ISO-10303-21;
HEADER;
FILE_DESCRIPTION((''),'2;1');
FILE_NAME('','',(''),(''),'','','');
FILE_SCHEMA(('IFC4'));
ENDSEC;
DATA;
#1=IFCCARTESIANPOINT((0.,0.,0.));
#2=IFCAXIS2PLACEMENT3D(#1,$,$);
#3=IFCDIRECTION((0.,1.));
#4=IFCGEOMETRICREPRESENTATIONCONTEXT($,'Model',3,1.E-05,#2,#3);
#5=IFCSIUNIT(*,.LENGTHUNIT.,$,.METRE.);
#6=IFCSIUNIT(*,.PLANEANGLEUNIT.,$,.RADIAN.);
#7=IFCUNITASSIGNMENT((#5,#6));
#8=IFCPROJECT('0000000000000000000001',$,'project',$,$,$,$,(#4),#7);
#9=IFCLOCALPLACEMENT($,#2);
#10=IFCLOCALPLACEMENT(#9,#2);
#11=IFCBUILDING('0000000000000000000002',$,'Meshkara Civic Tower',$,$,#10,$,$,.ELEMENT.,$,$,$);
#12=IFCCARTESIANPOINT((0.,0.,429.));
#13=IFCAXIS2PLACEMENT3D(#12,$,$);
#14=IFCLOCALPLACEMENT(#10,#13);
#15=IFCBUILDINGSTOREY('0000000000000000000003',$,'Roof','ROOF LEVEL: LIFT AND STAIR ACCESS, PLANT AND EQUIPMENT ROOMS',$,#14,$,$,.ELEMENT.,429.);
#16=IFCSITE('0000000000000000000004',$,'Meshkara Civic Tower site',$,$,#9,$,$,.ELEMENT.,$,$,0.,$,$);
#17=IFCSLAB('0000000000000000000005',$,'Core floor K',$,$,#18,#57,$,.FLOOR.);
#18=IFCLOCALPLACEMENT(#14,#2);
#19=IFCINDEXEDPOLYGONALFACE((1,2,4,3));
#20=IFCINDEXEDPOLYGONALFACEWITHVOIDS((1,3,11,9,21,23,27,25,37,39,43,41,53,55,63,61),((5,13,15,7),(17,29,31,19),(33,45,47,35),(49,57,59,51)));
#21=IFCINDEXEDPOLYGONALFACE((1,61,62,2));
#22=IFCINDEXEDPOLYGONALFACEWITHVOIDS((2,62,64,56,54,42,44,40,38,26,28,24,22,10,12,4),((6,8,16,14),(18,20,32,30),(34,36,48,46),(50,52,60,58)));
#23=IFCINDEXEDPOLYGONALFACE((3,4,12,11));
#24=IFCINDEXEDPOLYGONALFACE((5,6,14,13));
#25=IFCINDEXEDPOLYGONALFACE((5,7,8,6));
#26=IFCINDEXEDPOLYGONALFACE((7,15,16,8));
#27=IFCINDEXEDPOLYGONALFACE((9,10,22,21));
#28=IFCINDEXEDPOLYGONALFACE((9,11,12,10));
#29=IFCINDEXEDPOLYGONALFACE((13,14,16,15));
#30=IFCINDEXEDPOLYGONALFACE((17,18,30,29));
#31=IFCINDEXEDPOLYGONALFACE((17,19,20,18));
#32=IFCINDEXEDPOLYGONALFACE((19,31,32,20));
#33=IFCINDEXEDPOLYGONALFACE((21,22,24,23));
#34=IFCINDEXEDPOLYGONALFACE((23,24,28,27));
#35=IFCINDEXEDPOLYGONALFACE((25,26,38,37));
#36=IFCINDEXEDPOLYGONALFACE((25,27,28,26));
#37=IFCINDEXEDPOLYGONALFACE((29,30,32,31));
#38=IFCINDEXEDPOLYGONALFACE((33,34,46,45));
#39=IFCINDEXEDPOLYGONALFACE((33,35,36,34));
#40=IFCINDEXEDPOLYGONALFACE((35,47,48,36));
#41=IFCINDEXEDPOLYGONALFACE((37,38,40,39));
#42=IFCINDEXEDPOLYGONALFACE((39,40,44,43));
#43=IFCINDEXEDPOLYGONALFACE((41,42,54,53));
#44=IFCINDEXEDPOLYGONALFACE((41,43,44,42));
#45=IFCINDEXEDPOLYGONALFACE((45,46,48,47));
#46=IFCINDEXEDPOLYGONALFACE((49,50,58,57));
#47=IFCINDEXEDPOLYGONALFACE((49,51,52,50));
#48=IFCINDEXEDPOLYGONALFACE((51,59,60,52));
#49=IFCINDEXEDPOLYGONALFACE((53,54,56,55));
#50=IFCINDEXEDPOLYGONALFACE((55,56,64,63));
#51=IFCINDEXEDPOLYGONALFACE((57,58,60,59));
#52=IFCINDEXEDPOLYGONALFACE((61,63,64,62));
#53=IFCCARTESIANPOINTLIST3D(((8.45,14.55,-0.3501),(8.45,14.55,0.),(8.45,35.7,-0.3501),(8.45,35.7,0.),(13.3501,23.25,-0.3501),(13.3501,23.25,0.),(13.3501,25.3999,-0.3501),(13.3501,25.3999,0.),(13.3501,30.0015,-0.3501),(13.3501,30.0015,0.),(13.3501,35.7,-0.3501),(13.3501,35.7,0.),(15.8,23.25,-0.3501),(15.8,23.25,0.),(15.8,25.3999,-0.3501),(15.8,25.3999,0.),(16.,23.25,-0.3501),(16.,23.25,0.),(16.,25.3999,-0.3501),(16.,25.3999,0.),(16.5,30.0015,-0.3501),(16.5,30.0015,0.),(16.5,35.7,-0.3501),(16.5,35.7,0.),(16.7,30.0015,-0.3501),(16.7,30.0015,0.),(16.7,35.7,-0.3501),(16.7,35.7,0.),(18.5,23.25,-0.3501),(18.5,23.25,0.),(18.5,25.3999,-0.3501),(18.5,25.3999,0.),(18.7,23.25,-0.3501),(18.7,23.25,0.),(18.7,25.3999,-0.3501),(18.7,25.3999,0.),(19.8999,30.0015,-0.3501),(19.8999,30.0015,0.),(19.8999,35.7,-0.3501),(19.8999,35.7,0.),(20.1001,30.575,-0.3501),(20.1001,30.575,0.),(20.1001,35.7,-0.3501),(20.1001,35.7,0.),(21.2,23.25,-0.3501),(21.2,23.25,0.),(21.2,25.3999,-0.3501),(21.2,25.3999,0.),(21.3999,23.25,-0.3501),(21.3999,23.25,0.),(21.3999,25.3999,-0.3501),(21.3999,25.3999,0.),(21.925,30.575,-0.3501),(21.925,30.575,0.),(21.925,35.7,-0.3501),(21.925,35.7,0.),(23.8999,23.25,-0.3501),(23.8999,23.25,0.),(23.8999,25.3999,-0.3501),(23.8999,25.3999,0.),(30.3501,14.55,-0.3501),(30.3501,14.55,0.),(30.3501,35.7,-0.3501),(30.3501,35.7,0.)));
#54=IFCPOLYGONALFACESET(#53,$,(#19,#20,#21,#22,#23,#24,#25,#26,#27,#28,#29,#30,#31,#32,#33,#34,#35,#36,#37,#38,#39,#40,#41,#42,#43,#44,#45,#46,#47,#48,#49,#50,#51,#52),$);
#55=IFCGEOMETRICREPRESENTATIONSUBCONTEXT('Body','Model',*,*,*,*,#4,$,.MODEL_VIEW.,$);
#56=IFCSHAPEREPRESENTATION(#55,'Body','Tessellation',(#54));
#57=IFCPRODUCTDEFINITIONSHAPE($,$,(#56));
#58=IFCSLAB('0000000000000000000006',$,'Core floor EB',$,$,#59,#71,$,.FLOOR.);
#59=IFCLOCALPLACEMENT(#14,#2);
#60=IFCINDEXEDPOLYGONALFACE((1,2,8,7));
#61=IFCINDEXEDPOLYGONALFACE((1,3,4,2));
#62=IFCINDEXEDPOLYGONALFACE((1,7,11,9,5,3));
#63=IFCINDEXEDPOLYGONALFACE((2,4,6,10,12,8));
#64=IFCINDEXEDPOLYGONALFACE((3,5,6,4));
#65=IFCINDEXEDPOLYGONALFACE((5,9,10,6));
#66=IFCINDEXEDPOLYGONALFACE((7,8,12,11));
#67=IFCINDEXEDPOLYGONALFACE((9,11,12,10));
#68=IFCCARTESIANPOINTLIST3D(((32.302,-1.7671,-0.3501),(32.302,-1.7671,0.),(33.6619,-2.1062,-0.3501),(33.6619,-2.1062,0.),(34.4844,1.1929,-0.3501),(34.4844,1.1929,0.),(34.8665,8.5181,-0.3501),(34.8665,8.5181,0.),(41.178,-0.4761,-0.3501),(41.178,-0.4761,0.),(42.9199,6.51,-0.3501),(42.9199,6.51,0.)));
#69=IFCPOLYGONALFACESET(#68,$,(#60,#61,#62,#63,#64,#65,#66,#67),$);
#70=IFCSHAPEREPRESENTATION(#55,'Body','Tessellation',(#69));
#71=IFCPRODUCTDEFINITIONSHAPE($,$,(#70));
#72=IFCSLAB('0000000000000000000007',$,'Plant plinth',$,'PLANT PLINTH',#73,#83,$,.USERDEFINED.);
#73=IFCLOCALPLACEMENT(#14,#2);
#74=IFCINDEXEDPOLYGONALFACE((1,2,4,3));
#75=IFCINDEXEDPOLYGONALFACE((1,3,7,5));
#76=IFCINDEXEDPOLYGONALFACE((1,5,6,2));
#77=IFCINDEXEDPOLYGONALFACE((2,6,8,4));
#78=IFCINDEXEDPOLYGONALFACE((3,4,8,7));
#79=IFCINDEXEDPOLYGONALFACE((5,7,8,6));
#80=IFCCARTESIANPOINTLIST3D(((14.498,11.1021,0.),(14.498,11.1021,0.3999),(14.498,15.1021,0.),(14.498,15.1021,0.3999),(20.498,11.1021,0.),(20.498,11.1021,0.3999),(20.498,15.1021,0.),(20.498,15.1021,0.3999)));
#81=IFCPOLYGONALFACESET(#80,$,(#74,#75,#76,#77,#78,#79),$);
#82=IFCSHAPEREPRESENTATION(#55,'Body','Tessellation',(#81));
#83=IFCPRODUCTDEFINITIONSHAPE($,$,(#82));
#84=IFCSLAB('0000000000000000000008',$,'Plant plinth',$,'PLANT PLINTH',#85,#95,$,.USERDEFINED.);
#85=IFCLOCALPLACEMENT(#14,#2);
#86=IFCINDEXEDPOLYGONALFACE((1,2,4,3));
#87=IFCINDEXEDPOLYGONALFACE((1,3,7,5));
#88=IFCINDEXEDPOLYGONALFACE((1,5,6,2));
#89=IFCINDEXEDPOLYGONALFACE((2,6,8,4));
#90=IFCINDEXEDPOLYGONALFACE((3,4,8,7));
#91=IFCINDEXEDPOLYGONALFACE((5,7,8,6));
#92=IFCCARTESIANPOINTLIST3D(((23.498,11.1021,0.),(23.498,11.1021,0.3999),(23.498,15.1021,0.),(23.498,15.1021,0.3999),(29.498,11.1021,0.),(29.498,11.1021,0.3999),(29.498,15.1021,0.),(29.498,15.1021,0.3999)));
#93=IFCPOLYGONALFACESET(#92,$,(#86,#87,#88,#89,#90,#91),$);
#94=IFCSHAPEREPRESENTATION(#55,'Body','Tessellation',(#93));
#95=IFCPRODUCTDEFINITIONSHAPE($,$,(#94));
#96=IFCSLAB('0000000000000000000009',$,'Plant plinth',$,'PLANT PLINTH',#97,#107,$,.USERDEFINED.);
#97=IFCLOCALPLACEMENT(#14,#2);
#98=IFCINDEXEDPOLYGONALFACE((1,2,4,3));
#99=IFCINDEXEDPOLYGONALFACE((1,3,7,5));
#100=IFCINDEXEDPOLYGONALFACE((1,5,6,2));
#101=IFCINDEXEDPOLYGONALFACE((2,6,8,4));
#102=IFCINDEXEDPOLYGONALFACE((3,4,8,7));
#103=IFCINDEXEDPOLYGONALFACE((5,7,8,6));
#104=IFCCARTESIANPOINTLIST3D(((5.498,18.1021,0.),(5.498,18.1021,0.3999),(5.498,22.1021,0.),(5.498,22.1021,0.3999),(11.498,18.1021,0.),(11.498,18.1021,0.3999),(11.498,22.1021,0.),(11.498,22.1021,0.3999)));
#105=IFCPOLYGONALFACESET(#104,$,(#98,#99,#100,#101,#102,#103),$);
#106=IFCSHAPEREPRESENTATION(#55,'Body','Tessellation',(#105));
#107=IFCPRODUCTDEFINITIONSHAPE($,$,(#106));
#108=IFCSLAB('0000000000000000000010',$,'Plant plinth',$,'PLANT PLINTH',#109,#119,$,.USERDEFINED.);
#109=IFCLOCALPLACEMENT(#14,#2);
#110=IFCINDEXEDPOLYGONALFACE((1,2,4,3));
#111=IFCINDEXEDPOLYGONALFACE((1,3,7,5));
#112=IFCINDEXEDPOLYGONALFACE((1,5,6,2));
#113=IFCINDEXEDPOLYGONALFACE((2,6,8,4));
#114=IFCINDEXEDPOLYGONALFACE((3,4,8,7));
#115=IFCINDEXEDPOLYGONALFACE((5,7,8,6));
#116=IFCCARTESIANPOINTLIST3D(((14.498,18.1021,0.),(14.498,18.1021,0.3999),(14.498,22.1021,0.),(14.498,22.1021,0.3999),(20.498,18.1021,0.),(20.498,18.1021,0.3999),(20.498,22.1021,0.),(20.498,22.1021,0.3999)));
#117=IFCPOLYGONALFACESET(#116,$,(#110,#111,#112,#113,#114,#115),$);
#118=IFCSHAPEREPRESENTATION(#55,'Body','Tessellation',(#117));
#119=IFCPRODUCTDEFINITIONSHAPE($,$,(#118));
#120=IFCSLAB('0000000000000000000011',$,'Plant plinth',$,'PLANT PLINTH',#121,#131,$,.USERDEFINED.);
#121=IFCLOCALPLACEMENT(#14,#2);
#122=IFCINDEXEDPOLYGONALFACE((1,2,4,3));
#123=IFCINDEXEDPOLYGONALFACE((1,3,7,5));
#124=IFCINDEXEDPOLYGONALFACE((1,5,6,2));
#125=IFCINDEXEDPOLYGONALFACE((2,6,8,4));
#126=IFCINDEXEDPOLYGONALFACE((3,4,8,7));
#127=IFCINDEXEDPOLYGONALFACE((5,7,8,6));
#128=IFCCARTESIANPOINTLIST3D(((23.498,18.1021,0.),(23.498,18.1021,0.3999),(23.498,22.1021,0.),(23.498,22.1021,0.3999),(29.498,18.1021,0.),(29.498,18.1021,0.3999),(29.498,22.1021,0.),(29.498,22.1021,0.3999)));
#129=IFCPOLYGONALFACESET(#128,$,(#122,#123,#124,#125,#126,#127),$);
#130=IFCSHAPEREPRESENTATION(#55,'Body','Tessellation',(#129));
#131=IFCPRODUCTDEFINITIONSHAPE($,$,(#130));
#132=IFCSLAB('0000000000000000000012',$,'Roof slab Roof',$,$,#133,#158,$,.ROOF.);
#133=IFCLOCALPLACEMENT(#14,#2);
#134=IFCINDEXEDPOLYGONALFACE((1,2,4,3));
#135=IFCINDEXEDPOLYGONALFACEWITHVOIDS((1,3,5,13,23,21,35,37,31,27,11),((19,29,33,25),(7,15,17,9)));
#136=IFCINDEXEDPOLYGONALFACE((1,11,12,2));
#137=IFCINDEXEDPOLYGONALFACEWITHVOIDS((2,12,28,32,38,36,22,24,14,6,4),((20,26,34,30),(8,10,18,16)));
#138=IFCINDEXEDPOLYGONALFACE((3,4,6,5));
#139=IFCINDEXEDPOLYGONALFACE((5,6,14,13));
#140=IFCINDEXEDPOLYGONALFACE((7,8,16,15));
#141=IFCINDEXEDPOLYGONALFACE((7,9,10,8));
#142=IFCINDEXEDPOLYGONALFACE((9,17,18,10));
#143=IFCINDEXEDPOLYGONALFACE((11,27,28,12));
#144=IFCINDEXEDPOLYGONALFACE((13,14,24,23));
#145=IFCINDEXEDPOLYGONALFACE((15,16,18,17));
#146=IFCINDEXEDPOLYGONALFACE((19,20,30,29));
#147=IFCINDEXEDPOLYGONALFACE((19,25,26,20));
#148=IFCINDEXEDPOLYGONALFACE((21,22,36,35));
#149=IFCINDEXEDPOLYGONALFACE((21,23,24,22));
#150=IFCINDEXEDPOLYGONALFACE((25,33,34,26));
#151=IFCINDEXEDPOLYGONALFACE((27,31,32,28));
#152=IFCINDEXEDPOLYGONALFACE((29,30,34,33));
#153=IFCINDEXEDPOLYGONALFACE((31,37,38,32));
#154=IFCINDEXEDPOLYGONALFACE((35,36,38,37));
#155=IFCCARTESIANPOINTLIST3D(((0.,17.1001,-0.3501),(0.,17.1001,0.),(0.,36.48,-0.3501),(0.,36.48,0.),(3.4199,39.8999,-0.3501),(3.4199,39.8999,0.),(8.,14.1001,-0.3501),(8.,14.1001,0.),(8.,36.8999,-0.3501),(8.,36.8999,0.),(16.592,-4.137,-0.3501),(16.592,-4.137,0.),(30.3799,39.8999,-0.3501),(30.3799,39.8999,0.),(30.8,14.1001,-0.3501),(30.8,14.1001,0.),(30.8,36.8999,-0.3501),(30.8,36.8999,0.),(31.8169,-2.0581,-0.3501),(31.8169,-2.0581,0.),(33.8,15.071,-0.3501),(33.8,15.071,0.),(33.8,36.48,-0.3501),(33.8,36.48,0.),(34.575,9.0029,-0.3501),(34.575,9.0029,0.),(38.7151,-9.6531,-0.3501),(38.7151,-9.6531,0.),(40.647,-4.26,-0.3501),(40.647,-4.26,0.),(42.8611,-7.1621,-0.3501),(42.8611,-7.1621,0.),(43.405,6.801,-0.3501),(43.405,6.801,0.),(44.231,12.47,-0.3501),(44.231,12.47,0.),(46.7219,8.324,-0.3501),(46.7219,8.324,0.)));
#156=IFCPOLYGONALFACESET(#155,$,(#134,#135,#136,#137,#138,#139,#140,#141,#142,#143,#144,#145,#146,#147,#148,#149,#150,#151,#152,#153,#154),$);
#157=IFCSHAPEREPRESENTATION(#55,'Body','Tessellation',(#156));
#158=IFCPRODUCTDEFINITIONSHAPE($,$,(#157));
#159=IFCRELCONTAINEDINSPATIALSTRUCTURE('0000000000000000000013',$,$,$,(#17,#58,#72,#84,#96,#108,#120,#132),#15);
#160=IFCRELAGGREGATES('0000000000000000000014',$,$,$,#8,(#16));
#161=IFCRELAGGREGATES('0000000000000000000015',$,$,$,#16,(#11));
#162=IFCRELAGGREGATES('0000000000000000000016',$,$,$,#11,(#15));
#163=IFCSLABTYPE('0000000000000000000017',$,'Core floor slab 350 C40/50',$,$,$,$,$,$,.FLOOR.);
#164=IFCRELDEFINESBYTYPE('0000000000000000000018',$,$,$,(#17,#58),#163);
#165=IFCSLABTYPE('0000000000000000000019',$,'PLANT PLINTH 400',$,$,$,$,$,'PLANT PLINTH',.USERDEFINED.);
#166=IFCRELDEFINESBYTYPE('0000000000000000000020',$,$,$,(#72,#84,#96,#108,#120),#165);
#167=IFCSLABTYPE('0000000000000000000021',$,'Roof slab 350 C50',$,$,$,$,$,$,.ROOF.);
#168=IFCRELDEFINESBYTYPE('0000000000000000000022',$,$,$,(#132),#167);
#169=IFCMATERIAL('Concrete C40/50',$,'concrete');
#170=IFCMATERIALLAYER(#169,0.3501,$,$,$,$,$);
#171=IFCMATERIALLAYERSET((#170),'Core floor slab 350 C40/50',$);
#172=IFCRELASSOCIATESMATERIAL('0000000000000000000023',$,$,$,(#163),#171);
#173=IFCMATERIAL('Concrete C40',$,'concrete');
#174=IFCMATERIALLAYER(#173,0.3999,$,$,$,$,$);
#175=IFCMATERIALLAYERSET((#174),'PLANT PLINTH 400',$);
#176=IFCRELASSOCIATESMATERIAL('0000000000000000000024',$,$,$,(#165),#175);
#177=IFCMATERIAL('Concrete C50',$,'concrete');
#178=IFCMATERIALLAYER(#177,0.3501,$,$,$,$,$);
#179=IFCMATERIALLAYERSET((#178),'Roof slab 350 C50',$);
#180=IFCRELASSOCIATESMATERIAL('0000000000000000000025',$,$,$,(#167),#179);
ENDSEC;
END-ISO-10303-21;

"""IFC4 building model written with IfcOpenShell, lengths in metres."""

from ifc_helpers import new_model, si_unit, direction, frame, origin, place, context, subcontext, project, spatial, polyline, outline, extrude, material, layer, layer_set, type_object, element, save


model = new_model("IFC4")

# Units and contexts
model_context = context("Model", 3, precision=1e-05, world=origin(), true_north=direction((0.0, 1.0)))
body_context = subcontext(model_context, "Body", "Model", "MODEL_VIEW")
ifc_project = project(units=[si_unit("LENGTHUNIT", "METRE"), si_unit("PLANEANGLEUNIT", "RADIAN")], contexts=[model_context])

# Site, building, storey
site_placement = place(None, origin())
site = spatial("IfcSite", under=ifc_project, at=site_placement, Name="Meshkara Civic Tower site", CompositionType="ELEMENT", RefElevation=0.0)
building_placement = place(site_placement, origin())
building = spatial("IfcBuilding", under=site, at=building_placement, Name="Meshkara Civic Tower", CompositionType="ELEMENT")
storey_placement = place(building_placement, frame((0.0, 0.0, 429.0)))
storey = spatial("IfcBuildingStorey", under=building, at=storey_placement, Name="Roof", Description="ROOF LEVEL: LIFT AND STAIR ACCESS, PLANT AND EQUIPMENT ROOMS", CompositionType="ELEMENT", Elevation=429.0)

# Slabs
ifc_material_1 = material(Name="Concrete C40/50", Category="concrete")
ifc_layer_1 = layer(ifc_material_1, 0.3501)
ifc_layer_set_1 = layer_set([ifc_layer_1], Name="Core floor slab 350 C40/50")
slab_type_1 = type_object("IfcSlabType", Name="Core floor slab 350 C40/50", PredefinedType="FLOOR", material=ifc_layer_set_1)
slab_1_placement = place(storey_placement, frame((0.0, 0.0, -0.3501)))
element("IfcSlab", 1, at=slab_1_placement, inside=storey, type_object=slab_type_1, Name="Core floor K", PredefinedType="FLOOR", context=body_context, shape_type="SweptSolid", body=[
    extrude(outline(polyline([(8.45, 35.7), (13.3501, 35.7), (13.3501, 30.0015), (16.5, 30.0015), (16.5, 35.7), (16.7, 35.7), (16.7, 30.0015), (19.8999, 30.0015), (19.8999, 35.7), (20.1001, 35.7), (20.1001, 30.575), (21.925, 30.575), (21.925, 35.7), (30.3501, 35.7), (30.3501, 14.55), (8.45, 14.55), (8.45, 35.7)]), holes=[polyline([(15.8, 23.25), (15.8, 25.3999), (13.3501, 25.3999), (13.3501, 23.25), (15.8, 23.25)]), polyline([(18.5, 25.3999), (16.0, 25.3999), (16.0, 23.25), (18.5, 23.25), (18.5, 25.3999)]), polyline([(18.7, 23.25), (21.2, 23.25), (21.2, 25.3999), (18.7, 25.3999), (18.7, 23.25)]), polyline([(21.3999, 23.25), (23.8999, 23.25), (23.8999, 25.3999), (21.3999, 25.3999), (21.3999, 23.25)])]), origin(), (0.0, 0.0, 1.0), 0.3501),
])
slab_2_placement = place(storey_placement, frame((0.0, 0.0, -0.3501)))
element("IfcSlab", 2, at=slab_2_placement, inside=storey, type_object=slab_type_1, Name="Core floor EB", PredefinedType="FLOOR", context=body_context, shape_type="SweptSolid", body=[
    extrude(outline(polyline([(34.8665, 8.5181), (42.9199, 6.51), (41.178, -0.4761), (34.4844, 1.1929), (33.6619, -2.1062), (32.302, -1.7671), (34.8665, 8.5181)])), origin(), (0.0, 0.0, 1.0), 0.3501),
])
ifc_material_2 = material(Name="Concrete C40", Category="concrete")
ifc_layer_2 = layer(ifc_material_2, 0.3999)
ifc_layer_set_2 = layer_set([ifc_layer_2], Name="PLANT PLINTH 400")
slab_type_2 = type_object("IfcSlabType", Name="PLANT PLINTH 400", ElementType="PLANT PLINTH", PredefinedType="USERDEFINED", material=ifc_layer_set_2)
slab_3_placement = place(storey_placement, origin())
element("IfcSlab", 3, at=slab_3_placement, inside=storey, type_object=slab_type_2, Name="Plant plinth", ObjectType="PLANT PLINTH", PredefinedType="USERDEFINED", context=body_context, shape_type="SweptSolid", body=[
    extrude(outline(polyline([(14.498, 11.1021), (20.498, 11.1021), (20.498, 15.1021), (14.498, 15.1021), (14.498, 11.1021)])), origin(), (0.0, 0.0, 1.0), 0.3999),
])
slab_4_placement = place(storey_placement, origin())
element("IfcSlab", 4, at=slab_4_placement, inside=storey, type_object=slab_type_2, Name="Plant plinth", ObjectType="PLANT PLINTH", PredefinedType="USERDEFINED", context=body_context, shape_type="SweptSolid", body=[
    extrude(outline(polyline([(23.498, 11.1021), (29.498, 11.1021), (29.498, 15.1021), (23.498, 15.1021), (23.498, 11.1021)])), origin(), (0.0, 0.0, 1.0), 0.3999),
])
slab_5_placement = place(storey_placement, origin())
element("IfcSlab", 5, at=slab_5_placement, inside=storey, type_object=slab_type_2, Name="Plant plinth", ObjectType="PLANT PLINTH", PredefinedType="USERDEFINED", context=body_context, shape_type="SweptSolid", body=[
    extrude(outline(polyline([(5.498, 18.1021), (11.498, 18.1021), (11.498, 22.1021), (5.498, 22.1021), (5.498, 18.1021)])), origin(), (0.0, 0.0, 1.0), 0.3999),
])
slab_6_placement = place(storey_placement, origin())
element("IfcSlab", 6, at=slab_6_placement, inside=storey, type_object=slab_type_2, Name="Plant plinth", ObjectType="PLANT PLINTH", PredefinedType="USERDEFINED", context=body_context, shape_type="SweptSolid", body=[
    extrude(outline(polyline([(14.498, 18.1021), (20.498, 18.1021), (20.498, 22.1021), (14.498, 22.1021), (14.498, 18.1021)])), origin(), (0.0, 0.0, 1.0), 0.3999),
])
slab_7_placement = place(storey_placement, origin())
element("IfcSlab", 7, at=slab_7_placement, inside=storey, type_object=slab_type_2, Name="Plant plinth", ObjectType="PLANT PLINTH", PredefinedType="USERDEFINED", context=body_context, shape_type="SweptSolid", body=[
    extrude(outline(polyline([(23.498, 18.1021), (29.498, 18.1021), (29.498, 22.1021), (23.498, 22.1021), (23.498, 18.1021)])), origin(), (0.0, 0.0, 1.0), 0.3999),
])
ifc_material_3 = material(Name="Concrete C50", Category="concrete")
ifc_layer_3 = layer(ifc_material_3, 0.3501)
ifc_layer_set_3 = layer_set([ifc_layer_3], Name="Roof slab 350 C50")
slab_type_3 = type_object("IfcSlabType", Name="Roof slab 350 C50", PredefinedType="ROOF", material=ifc_layer_set_3)
slab_8_placement = place(storey_placement, frame((0.0, 0.0, -0.3501)))
element("IfcSlab", 8, at=slab_8_placement, inside=storey, type_object=slab_type_3, Name="Roof slab Roof", PredefinedType="ROOF", context=body_context, shape_type="SweptSolid", body=[
    extrude(outline(polyline([(42.8611, -7.1621), (38.7151, -9.6531), (16.592, -4.137), (0.0, 17.1001), (0.0, 36.48), (3.4199, 39.8999), (30.3799, 39.8999), (33.8, 36.48), (33.8, 15.071), (44.231, 12.47), (46.7219, 8.324), (42.8611, -7.1621)]), holes=[polyline([(40.647, -4.26), (43.405, 6.801), (34.575, 9.0029), (31.8169, -2.0581), (40.647, -4.26)]), polyline([(30.8, 36.8999), (8.0, 36.8999), (8.0, 14.1001), (30.8, 14.1001), (30.8, 36.8999)])]), origin(), (0.0, 0.0, 1.0), 0.3501),
])

save(model, "model.ifc")
